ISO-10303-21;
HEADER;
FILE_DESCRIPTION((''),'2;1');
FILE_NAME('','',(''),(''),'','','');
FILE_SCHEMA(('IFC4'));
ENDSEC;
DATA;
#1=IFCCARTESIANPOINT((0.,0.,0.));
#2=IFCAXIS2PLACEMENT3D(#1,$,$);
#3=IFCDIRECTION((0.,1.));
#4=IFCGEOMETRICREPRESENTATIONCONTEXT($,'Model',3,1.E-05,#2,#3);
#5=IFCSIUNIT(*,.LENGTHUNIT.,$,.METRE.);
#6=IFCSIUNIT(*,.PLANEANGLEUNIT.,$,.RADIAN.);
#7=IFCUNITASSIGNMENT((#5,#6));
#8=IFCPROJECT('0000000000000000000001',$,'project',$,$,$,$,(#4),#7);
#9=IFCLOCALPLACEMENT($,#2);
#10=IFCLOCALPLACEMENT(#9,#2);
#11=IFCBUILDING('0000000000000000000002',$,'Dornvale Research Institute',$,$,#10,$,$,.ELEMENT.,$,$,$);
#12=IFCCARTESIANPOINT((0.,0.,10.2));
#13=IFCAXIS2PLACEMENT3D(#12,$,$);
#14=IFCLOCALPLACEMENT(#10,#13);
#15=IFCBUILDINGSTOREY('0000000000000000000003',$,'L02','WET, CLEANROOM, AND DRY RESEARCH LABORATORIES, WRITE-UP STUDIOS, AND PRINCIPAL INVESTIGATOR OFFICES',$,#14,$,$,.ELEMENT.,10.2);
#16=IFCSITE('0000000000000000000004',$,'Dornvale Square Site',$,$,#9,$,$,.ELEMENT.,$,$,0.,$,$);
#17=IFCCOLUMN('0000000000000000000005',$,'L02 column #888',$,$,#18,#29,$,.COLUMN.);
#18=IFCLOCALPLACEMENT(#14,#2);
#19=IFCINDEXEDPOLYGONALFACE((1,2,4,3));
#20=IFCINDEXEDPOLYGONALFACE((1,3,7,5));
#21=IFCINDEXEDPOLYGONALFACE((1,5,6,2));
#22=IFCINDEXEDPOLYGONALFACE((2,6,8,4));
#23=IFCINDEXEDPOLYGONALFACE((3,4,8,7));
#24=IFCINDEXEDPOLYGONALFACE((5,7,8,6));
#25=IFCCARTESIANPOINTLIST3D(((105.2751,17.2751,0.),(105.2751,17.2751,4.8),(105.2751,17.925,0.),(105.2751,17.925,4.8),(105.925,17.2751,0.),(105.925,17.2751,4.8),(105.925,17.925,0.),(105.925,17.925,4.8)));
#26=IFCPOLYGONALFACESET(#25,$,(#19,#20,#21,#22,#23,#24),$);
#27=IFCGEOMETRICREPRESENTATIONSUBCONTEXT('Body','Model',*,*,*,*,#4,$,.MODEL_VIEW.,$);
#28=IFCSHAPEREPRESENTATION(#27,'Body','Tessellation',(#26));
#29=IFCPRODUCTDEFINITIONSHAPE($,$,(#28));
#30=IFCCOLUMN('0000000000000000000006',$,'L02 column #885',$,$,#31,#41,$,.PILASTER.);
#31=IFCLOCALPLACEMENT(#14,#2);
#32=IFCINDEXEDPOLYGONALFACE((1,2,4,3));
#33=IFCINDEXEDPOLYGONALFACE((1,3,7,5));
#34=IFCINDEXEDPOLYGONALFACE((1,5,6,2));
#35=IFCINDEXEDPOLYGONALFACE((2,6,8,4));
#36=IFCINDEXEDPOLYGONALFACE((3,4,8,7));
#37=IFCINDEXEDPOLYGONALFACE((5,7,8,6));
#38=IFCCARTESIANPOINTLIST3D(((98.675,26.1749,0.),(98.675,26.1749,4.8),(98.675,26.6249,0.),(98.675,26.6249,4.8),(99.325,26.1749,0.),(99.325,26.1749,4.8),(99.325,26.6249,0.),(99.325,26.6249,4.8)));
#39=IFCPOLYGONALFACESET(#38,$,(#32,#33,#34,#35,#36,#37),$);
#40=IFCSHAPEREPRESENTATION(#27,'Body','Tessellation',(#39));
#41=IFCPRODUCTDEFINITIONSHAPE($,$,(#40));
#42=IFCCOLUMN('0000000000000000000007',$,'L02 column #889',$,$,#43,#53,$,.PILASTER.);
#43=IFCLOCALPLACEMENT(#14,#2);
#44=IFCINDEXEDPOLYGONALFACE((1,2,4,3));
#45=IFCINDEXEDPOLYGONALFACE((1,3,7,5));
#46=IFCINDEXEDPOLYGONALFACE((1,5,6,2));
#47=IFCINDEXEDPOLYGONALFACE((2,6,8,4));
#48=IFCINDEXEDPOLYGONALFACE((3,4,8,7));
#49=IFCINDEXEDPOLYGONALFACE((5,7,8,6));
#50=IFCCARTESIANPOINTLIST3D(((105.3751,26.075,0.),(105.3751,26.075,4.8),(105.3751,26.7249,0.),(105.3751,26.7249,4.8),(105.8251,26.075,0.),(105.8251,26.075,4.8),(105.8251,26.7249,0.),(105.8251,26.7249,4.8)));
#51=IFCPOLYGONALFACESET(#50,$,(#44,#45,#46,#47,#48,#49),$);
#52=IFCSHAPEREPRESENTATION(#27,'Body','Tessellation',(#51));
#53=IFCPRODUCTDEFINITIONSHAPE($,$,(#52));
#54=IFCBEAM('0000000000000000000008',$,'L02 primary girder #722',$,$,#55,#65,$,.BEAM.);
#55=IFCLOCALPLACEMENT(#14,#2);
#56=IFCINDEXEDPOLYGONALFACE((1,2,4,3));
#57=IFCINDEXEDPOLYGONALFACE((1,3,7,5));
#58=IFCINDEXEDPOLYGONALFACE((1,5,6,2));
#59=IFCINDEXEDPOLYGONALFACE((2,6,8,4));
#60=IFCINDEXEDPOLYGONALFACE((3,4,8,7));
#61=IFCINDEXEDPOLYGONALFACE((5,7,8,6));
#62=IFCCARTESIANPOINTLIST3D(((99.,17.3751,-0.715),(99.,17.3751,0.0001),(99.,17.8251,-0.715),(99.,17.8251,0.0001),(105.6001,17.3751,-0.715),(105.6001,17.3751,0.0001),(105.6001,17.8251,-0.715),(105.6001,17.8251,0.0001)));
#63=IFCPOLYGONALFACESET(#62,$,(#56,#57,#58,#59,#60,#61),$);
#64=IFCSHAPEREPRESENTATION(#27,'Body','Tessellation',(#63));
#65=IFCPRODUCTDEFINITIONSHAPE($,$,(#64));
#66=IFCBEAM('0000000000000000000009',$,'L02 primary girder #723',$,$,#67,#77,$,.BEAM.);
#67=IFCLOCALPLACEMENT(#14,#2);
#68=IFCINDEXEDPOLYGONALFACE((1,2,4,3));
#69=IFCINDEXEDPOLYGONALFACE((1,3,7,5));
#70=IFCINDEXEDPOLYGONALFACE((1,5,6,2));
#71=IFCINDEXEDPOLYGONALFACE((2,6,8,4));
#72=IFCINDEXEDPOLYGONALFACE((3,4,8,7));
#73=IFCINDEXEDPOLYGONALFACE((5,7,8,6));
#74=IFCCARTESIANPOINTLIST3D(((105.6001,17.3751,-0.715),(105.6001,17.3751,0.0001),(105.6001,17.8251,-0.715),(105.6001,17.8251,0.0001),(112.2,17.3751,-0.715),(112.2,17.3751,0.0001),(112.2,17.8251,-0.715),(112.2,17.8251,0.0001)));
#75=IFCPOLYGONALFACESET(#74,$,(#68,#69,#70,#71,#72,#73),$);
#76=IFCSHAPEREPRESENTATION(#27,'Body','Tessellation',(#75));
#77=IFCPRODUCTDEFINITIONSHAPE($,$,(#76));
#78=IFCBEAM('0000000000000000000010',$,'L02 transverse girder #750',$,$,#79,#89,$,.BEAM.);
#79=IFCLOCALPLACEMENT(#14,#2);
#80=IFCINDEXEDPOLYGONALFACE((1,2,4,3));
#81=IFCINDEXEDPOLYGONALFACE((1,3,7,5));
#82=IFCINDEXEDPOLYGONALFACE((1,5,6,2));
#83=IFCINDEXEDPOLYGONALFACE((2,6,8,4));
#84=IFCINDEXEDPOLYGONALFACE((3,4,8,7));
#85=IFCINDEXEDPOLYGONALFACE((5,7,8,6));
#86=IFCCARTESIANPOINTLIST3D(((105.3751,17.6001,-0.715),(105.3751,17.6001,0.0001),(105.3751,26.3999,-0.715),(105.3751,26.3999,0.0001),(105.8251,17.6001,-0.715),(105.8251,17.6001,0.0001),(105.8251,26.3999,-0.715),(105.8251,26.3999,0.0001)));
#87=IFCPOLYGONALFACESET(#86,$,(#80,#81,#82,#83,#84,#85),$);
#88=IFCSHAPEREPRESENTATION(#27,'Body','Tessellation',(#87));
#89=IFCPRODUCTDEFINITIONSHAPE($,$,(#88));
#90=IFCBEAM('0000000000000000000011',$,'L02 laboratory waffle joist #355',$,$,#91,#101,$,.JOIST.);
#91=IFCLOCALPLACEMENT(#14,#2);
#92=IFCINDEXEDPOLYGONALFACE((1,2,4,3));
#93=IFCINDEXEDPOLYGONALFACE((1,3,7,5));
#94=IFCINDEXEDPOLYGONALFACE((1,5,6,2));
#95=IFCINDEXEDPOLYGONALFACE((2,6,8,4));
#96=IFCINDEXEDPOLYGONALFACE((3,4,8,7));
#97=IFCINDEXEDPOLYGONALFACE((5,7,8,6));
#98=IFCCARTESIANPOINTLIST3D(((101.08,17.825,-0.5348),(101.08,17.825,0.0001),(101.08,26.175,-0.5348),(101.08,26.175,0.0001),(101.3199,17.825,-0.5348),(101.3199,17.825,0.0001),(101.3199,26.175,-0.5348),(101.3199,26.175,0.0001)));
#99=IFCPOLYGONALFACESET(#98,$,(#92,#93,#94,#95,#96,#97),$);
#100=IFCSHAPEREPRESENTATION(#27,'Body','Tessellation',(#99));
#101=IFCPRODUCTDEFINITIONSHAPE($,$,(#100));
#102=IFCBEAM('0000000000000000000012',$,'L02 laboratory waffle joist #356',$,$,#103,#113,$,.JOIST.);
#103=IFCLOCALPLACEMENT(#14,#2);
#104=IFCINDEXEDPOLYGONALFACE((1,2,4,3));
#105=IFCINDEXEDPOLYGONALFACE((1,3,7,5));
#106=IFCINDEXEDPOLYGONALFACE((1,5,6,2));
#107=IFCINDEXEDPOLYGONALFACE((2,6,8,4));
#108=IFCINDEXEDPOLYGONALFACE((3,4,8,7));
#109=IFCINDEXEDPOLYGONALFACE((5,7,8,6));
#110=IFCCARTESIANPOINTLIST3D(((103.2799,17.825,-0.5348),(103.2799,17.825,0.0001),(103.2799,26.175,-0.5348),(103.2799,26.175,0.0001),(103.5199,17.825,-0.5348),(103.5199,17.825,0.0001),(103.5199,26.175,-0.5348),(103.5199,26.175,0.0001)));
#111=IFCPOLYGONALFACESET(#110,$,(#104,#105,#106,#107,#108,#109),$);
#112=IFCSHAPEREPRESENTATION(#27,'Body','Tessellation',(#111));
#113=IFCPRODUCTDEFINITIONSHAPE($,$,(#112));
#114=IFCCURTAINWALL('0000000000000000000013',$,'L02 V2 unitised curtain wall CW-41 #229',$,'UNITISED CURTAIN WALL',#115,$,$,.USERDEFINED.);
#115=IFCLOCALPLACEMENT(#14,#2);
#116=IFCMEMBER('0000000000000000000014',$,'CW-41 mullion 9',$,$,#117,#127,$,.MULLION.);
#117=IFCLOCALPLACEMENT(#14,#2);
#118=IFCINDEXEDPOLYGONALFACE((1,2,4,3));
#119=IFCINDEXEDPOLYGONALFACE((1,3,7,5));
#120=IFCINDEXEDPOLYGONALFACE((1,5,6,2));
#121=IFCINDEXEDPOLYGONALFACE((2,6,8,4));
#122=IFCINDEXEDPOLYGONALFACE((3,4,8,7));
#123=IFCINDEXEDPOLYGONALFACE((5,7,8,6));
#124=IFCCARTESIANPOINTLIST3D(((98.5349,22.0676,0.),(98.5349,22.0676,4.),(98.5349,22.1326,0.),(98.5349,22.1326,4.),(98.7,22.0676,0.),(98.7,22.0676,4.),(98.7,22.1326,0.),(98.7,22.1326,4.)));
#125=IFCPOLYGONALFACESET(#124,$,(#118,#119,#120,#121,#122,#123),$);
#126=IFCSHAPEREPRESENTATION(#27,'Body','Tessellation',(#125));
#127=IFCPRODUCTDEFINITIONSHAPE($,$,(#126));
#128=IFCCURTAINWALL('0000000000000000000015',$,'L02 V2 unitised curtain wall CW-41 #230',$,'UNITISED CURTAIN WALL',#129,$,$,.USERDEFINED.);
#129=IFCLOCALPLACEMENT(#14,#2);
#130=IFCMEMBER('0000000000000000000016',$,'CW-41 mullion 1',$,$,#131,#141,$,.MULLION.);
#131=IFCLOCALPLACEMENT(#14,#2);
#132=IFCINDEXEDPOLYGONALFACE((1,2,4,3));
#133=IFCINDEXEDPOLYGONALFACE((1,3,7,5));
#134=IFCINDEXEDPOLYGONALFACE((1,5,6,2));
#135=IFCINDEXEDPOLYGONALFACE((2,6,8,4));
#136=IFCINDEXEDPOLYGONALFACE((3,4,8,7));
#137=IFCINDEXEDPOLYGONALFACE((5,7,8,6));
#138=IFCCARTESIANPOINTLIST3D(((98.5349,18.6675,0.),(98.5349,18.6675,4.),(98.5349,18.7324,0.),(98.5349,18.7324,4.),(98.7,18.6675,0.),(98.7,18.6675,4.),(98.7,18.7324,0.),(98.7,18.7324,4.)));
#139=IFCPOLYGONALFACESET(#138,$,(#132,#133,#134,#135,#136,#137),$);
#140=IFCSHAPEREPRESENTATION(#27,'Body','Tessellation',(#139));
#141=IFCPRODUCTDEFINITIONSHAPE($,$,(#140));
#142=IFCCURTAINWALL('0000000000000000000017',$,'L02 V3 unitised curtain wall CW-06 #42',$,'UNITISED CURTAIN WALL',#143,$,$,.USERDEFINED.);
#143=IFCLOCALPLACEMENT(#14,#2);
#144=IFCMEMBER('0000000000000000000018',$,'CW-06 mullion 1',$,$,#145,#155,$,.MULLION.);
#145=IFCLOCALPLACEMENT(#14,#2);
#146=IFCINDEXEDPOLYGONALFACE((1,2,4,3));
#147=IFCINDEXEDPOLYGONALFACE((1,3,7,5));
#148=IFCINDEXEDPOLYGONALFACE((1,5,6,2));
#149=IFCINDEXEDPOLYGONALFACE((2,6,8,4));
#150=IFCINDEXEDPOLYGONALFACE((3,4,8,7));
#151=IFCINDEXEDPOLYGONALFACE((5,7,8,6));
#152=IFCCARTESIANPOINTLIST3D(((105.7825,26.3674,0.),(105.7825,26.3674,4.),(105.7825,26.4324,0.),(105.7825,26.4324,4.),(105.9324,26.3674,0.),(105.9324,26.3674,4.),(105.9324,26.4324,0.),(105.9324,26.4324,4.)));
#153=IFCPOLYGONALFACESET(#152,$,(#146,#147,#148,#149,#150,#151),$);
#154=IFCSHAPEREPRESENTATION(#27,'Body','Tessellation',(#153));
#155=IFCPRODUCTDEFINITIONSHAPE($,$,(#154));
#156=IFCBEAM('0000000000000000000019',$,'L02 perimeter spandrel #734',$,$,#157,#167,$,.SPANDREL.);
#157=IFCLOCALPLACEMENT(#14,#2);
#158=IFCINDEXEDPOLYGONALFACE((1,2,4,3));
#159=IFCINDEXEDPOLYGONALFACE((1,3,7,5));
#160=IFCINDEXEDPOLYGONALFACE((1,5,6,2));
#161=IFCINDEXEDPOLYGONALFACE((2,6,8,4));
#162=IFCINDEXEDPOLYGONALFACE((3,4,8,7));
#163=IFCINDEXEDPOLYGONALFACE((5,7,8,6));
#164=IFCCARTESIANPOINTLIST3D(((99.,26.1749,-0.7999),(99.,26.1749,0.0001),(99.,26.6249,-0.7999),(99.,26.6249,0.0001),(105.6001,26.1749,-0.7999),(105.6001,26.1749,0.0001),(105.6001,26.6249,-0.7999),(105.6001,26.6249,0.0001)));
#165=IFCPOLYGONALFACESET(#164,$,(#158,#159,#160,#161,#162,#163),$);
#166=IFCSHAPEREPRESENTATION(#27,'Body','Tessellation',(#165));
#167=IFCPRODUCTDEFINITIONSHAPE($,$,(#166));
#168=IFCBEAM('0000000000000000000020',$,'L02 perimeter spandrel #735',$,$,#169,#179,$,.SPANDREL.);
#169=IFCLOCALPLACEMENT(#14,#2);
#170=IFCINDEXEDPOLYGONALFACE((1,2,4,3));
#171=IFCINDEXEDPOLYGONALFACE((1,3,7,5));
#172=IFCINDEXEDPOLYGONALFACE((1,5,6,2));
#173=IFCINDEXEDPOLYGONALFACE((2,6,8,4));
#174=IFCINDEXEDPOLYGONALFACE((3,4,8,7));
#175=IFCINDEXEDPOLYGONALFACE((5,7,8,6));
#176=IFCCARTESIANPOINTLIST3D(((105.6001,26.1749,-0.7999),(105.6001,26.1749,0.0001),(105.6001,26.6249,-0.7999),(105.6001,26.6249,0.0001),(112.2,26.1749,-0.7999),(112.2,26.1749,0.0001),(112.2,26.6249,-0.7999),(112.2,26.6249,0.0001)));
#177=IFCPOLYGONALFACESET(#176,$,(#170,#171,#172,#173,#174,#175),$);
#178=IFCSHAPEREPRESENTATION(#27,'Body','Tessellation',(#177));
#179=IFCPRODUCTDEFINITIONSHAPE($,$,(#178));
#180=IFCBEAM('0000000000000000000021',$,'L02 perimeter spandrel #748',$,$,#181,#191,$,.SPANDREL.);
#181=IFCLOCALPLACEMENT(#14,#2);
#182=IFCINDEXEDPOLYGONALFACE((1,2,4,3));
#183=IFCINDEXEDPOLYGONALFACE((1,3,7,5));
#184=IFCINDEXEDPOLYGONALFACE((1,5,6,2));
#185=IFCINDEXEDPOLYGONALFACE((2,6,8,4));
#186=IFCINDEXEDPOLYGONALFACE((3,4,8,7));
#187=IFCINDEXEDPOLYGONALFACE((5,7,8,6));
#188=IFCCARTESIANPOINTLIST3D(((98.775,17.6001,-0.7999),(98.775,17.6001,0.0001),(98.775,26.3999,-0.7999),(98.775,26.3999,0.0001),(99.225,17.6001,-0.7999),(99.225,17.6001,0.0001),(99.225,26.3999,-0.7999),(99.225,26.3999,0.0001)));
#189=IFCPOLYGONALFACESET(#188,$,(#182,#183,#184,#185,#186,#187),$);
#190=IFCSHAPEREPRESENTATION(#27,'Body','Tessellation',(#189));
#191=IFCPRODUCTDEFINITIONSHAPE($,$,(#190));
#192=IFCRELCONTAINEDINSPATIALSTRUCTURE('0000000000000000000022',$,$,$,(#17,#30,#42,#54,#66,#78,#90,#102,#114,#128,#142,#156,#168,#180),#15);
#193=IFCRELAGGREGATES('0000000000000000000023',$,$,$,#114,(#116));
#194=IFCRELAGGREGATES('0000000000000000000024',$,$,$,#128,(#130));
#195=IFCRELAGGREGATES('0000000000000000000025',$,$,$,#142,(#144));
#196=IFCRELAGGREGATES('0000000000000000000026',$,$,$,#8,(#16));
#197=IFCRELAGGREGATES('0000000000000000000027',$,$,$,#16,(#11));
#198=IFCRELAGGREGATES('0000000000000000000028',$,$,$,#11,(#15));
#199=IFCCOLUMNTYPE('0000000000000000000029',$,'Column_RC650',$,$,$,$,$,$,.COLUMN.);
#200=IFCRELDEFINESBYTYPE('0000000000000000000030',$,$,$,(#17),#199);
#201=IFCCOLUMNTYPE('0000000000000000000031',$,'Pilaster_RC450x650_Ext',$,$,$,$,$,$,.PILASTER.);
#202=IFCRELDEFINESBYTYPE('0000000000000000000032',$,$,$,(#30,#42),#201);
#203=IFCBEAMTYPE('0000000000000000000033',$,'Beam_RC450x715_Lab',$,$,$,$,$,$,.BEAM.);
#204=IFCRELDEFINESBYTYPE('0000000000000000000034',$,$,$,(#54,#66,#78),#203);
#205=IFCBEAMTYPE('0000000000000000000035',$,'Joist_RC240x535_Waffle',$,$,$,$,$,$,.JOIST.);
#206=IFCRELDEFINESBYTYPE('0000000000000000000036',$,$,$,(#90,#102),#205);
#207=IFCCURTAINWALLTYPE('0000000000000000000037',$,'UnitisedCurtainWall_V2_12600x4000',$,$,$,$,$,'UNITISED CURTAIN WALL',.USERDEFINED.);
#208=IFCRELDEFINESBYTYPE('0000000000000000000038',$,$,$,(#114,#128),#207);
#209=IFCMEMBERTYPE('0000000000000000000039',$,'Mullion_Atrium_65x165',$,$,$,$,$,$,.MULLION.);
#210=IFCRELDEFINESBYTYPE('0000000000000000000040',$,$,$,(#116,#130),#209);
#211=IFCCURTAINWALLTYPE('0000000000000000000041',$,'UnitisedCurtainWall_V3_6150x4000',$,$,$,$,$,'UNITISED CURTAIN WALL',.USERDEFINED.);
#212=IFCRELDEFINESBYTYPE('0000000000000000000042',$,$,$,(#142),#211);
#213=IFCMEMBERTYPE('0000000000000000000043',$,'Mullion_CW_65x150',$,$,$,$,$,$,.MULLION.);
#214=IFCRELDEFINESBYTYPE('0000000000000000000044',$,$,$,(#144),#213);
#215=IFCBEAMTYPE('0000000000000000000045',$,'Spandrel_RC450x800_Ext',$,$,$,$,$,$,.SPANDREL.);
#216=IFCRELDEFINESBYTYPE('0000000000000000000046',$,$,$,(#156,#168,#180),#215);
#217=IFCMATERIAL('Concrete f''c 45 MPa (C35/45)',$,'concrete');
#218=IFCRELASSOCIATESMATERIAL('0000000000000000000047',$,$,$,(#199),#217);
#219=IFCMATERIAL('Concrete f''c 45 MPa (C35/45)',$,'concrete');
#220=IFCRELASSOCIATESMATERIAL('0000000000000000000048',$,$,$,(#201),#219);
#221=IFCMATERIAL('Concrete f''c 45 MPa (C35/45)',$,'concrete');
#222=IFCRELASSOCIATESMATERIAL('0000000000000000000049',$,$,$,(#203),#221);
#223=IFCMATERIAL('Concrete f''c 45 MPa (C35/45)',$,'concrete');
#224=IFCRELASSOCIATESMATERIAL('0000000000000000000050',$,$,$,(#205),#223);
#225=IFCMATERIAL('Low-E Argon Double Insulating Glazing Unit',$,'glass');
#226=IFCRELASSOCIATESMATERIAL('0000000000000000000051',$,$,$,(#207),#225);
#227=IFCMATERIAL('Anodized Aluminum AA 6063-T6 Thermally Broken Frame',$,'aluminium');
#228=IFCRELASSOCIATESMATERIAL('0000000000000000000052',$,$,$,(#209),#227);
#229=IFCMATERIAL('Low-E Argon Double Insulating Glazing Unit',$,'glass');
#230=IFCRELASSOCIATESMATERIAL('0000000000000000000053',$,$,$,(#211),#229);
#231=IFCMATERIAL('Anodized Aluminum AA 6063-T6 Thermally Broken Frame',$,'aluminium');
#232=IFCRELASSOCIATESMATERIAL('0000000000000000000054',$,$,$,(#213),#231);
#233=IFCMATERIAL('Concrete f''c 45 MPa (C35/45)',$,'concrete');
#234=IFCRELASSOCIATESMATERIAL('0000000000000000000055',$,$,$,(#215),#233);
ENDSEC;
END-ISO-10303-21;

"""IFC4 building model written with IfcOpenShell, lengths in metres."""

from ifc_helpers import new_model, si_unit, direction, frame, origin, origin_2d, place, context, subcontext, project, spatial, rectangle, extrude, material, material_profile, profile_set, type_object, element, aggregate, save


model = new_model("IFC4")

# Units and contexts
model_context = context("Model", 3, precision=1e-05, world=origin(), true_north=direction((0.0, 1.0)))
body_context = subcontext(model_context, "Body", "Model", "MODEL_VIEW")
ifc_project = project(units=[si_unit("LENGTHUNIT", "METRE"), si_unit("PLANEANGLEUNIT", "RADIAN")], contexts=[model_context])

# Site, building, storey
site_placement = place(None, origin())
site = spatial("IfcSite", under=ifc_project, at=site_placement, Name="Dornvale Square Site", CompositionType="ELEMENT", RefElevation=0.0)
building_placement = place(site_placement, origin())
building = spatial("IfcBuilding", under=site, at=building_placement, Name="Dornvale Research Institute", CompositionType="ELEMENT")
storey_placement = place(building_placement, frame((0.0, 0.0, 10.2)))
storey = spatial("IfcBuildingStorey", under=building, at=storey_placement, Name="L02", Description="WET, CLEANROOM, AND DRY RESEARCH LABORATORIES, WRITE-UP STUDIOS, AND PRINCIPAL INVESTIGATOR OFFICES", CompositionType="ELEMENT", Elevation=10.2)

# Columns
ifc_material_1 = material(Name="Concrete f'c 45 MPa (C35/45)", Category="concrete")
ifc_material_profile_1 = material_profile(ifc_material_1, rectangle(XDim=0.6499, YDim=0.6499, at=origin_2d()), Name="RC 650x650")
ifc_profile_set_1 = profile_set([ifc_material_profile_1], Name="Concrete f'c 45 MPa (C35/45)")
column_type_1 = type_object("IfcColumnType", Name="Column_RC650", PredefinedType="COLUMN", material=ifc_profile_set_1)
column_placement = place(storey_placement, frame((105.6001, 17.6001, 0.0), z_axis=(0.0, 0.0, 1.0), x_axis=(1.0, 0.0, 0.0)))
element("IfcColumn", 1, at=column_placement, inside=storey, type_object=column_type_1, Name="L02 column #888", PredefinedType="COLUMN", context=body_context, shape_type="SweptSolid", body=[
    extrude(rectangle(XDim=0.6499, YDim=0.6499, at=origin_2d()), origin(), (0.0, 0.0, 1.0), 4.8),
])
ifc_material_2 = material(Name="Concrete f'c 45 MPa (C35/45)", Category="concrete")
ifc_material_profile_2 = material_profile(ifc_material_2, rectangle(XDim=0.45, YDim=0.6499, at=origin_2d()), Name="RC 450x650")
ifc_profile_set_2 = profile_set([ifc_material_profile_2], Name="Concrete f'c 45 MPa (C35/45)")
column_type_2 = type_object("IfcColumnType", Name="Pilaster_RC450x650_Ext", PredefinedType="PILASTER", material=ifc_profile_set_2)
for number, where, z_axis, x_axis, name in (
    (2, (99.0, 26.3999, 0.0), (0.0, 0.0, 1.0), (0.0, 1.0, 0.0), "L02 column #885"),
    (3, (105.6001, 26.3999, 0.0), (0.0, 0.0, 1.0), (1.0, 0.0, 0.0), "L02 column #889"),
):
    element("IfcColumn", number, at=place(storey_placement, frame(where, z_axis=z_axis, x_axis=x_axis)), inside=storey, type_object=column_type_2, Name=name, PredefinedType="PILASTER", context=body_context, shape_type="SweptSolid", body=[
        extrude(rectangle(XDim=0.45, YDim=0.6499, at=origin_2d()), origin(), (0.0, 0.0, 1.0), 4.8),
    ])

# Beams
ifc_material_3 = material(Name="Concrete f'c 45 MPa (C35/45)", Category="concrete")
ifc_material_profile_3 = material_profile(ifc_material_3, rectangle(XDim=0.45, YDim=0.7151, at=origin_2d()), Name="RC 450x715")
ifc_profile_set_3 = profile_set([ifc_material_profile_3], Name="Concrete f'c 45 MPa (C35/45)")
beam_type_1 = type_object("IfcBeamType", Name="Beam_RC450x715_Lab", PredefinedType="BEAM", material=ifc_profile_set_3)
beam_1_placement = place(storey_placement, frame((99.0, 17.6001, -0.3574), z_axis=(1.0, 0.0, 0.0), x_axis=(0.0, 1.0, 0.0)))
element("IfcBeam", 4, at=beam_1_placement, inside=storey, type_object=beam_type_1, Name="L02 primary girder #722", PredefinedType="BEAM", context=body_context, shape_type="SweptSolid", body=[
    extrude(rectangle(XDim=0.45, YDim=0.7151, at=origin_2d()), origin(), (0.0, 0.0, 1.0), 6.6001),
])
beam_2_placement = place(storey_placement, frame((105.6001, 17.6001, -0.3574), z_axis=(1.0, 0.0, 0.0), x_axis=(0.0, 1.0, 0.0)))
element("IfcBeam", 5, at=beam_2_placement, inside=storey, type_object=beam_type_1, Name="L02 primary girder #723", PredefinedType="BEAM", context=body_context, shape_type="SweptSolid", body=[
    extrude(rectangle(XDim=0.45, YDim=0.7151, at=origin_2d()), origin(), (0.0, 0.0, 1.0), 6.5999),
])
beam_3_placement = place(storey_placement, frame((105.6001, 17.6001, -0.3574), z_axis=(0.0, 1.0, 0.0), x_axis=(-1.0, 0.0, 0.0)))
element("IfcBeam", 6, at=beam_3_placement, inside=storey, type_object=beam_type_1, Name="L02 transverse girder #750", PredefinedType="BEAM", context=body_context, shape_type="SweptSolid", body=[
    extrude(rectangle(XDim=0.45, YDim=0.7151, at=origin_2d()), origin(), (0.0, 0.0, 1.0), 8.7998),
])
ifc_material_4 = material(Name="Concrete f'c 45 MPa (C35/45)", Category="concrete")
ifc_material_profile_4 = material_profile(ifc_material_4, rectangle(XDim=0.24, YDim=0.5349, at=origin_2d()), Name="RC 240x535")
ifc_profile_set_4 = profile_set([ifc_material_profile_4], Name="Concrete f'c 45 MPa (C35/45)")
beam_type_2 = type_object("IfcBeamType", Name="Joist_RC240x535_Waffle", PredefinedType="JOIST", material=ifc_profile_set_4)
for number, where, z_axis, x_axis, name in (
    (7, (101.2, 17.825, -0.2673), (0.0, 1.0, 0.0), (-1.0, 0.0, 0.0), "L02 laboratory waffle joist #355"),
    (8, (103.3999, 17.825, -0.2673), (0.0, 1.0, 0.0), (-1.0, 0.0, 0.0), "L02 laboratory waffle joist #356"),
):
    element("IfcBeam", number, at=place(storey_placement, frame(where, z_axis=z_axis, x_axis=x_axis)), inside=storey, type_object=beam_type_2, Name=name, PredefinedType="JOIST", context=body_context, shape_type="SweptSolid", body=[
        extrude(rectangle(XDim=0.24, YDim=0.5349, at=origin_2d()), origin(), (0.0, 0.0, 1.0), 8.3501),
    ])

# Curtain walls, members
ifc_material_5 = material(Name="Low-E Argon Double Insulating Glazing Unit", Category="glass")
curtain_wall_type_1 = type_object("IfcCurtainWallType", Name="UnitisedCurtainWall_V2_12600x4000", ElementType="UNITISED CURTAIN WALL", PredefinedType="USERDEFINED", material=ifc_material_5)
curtain_wall_1_placement = place(storey_placement, origin())
curtain_wall_1 = element("IfcCurtainWall", 9, at=curtain_wall_1_placement, inside=storey, type_object=curtain_wall_type_1, Name="L02 V2 unitised curtain wall CW-41 #229", ObjectType="UNITISED CURTAIN WALL", PredefinedType="USERDEFINED")
ifc_material_6 = material(Name="Anodized Aluminum AA 6063-T6 Thermally Broken Frame", Category="aluminium")
ifc_material_profile_5 = material_profile(ifc_material_6, rectangle(XDim=0.0649, YDim=0.165, at=origin_2d()), Name="ALU MULLION 65x165")
ifc_profile_set_5 = profile_set([ifc_material_profile_5], Name="Anodized Aluminum AA 6063-T6 Thermally Broken Frame")
member_type_1 = type_object("IfcMemberType", Name="Mullion_Atrium_65x165", PredefinedType="MULLION", material=ifc_profile_set_5)
member_1_placement = place(storey_placement, frame((98.6174, 22.1001, 0.0), z_axis=(0.0, 0.0, 1.0), x_axis=(0.0, 1.0, 0.0)))
member_1 = element("IfcMember", 10, at=member_1_placement, type_object=member_type_1, Name="CW-41 mullion 9", PredefinedType="MULLION", context=body_context, shape_type="SweptSolid", body=[
    extrude(rectangle(XDim=0.0649, YDim=0.165, at=origin_2d()), origin(), (0.0, 0.0, 1.0), 4.0),
])
aggregate(curtain_wall_1, [member_1])
curtain_wall_2_placement = place(storey_placement, origin())
curtain_wall_2 = element("IfcCurtainWall", 11, at=curtain_wall_2_placement, inside=storey, type_object=curtain_wall_type_1, Name="L02 V2 unitised curtain wall CW-41 #230", ObjectType="UNITISED CURTAIN WALL", PredefinedType="USERDEFINED")
member_2_placement = place(storey_placement, frame((98.6174, 18.7, 0.0), z_axis=(0.0, 0.0, 1.0), x_axis=(0.0, -1.0, 0.0)))
member_2 = element("IfcMember", 12, at=member_2_placement, type_object=member_type_1, Name="CW-41 mullion 1", PredefinedType="MULLION", context=body_context, shape_type="SweptSolid", body=[
    extrude(rectangle(XDim=0.0649, YDim=0.165, at=origin_2d()), origin(), (0.0, 0.0, 1.0), 4.0),
])
aggregate(curtain_wall_2, [member_2])
ifc_material_7 = material(Name="Low-E Argon Double Insulating Glazing Unit", Category="glass")
curtain_wall_type_2 = type_object("IfcCurtainWallType", Name="UnitisedCurtainWall_V3_6150x4000", ElementType="UNITISED CURTAIN WALL", PredefinedType="USERDEFINED", material=ifc_material_7)
curtain_wall_3_placement = place(storey_placement, origin())
curtain_wall_3 = element("IfcCurtainWall", 13, at=curtain_wall_3_placement, inside=storey, type_object=curtain_wall_type_2, Name="L02 V3 unitised curtain wall CW-06 #42", ObjectType="UNITISED CURTAIN WALL", PredefinedType="USERDEFINED")
ifc_material_8 = material(Name="Anodized Aluminum AA 6063-T6 Thermally Broken Frame", Category="aluminium")
ifc_material_profile_6 = material_profile(ifc_material_8, rectangle(XDim=0.0649, YDim=0.1499, at=origin_2d()), Name="ALU MULLION 65x150")
ifc_profile_set_6 = profile_set([ifc_material_profile_6], Name="Anodized Aluminum AA 6063-T6 Thermally Broken Frame")
member_type_2 = type_object("IfcMemberType", Name="Mullion_CW_65x150", PredefinedType="MULLION", material=ifc_profile_set_6)
member_3_placement = place(storey_placement, frame((105.8574, 26.3999, 0.0), z_axis=(0.0, 0.0, 1.0), x_axis=(0.0, 1.0, 0.0)))
member_3 = element("IfcMember", 14, at=member_3_placement, type_object=member_type_2, Name="CW-06 mullion 1", PredefinedType="MULLION", context=body_context, shape_type="SweptSolid", body=[
    extrude(rectangle(XDim=0.0649, YDim=0.1499, at=origin_2d()), origin(), (0.0, 0.0, 1.0), 4.0),
])

# Beams
ifc_material_9 = material(Name="Concrete f'c 45 MPa (C35/45)", Category="concrete")
ifc_material_profile_7 = material_profile(ifc_material_9, rectangle(XDim=0.45, YDim=0.8, at=origin_2d()), Name="RC 450x800")
ifc_profile_set_7 = profile_set([ifc_material_profile_7], Name="Concrete f'c 45 MPa (C35/45)")
beam_type_3 = type_object("IfcBeamType", Name="Spandrel_RC450x800_Ext", PredefinedType="SPANDREL", material=ifc_profile_set_7)
beam_4_placement = place(storey_placement, frame((99.0, 26.3999, -0.3999), z_axis=(1.0, 0.0, 0.0), x_axis=(0.0, 1.0, 0.0)))
element("IfcBeam", 15, at=beam_4_placement, inside=storey, type_object=beam_type_3, Name="L02 perimeter spandrel #734", PredefinedType="SPANDREL", context=body_context, shape_type="SweptSolid", body=[
    extrude(rectangle(XDim=0.45, YDim=0.8, at=origin_2d()), origin(), (0.0, 0.0, 1.0), 6.6001),
])
beam_5_placement = place(storey_placement, frame((105.6001, 26.3999, -0.3999), z_axis=(1.0, 0.0, 0.0), x_axis=(0.0, 1.0, 0.0)))
element("IfcBeam", 16, at=beam_5_placement, inside=storey, type_object=beam_type_3, Name="L02 perimeter spandrel #735", PredefinedType="SPANDREL", context=body_context, shape_type="SweptSolid", body=[
    extrude(rectangle(XDim=0.45, YDim=0.8, at=origin_2d()), origin(), (0.0, 0.0, 1.0), 6.5999),
])
beam_6_placement = place(storey_placement, frame((99.0, 17.6001, -0.3999), z_axis=(0.0, 1.0, 0.0), x_axis=(-1.0, 0.0, 0.0)))
element("IfcBeam", 17, at=beam_6_placement, inside=storey, type_object=beam_type_3, Name="L02 perimeter spandrel #748", PredefinedType="SPANDREL", context=body_context, shape_type="SweptSolid", body=[
    extrude(rectangle(XDim=0.45, YDim=0.8, at=origin_2d()), origin(), (0.0, 0.0, 1.0), 8.7998),
])

aggregate(curtain_wall_3, [member_3])

save(model, "model.ifc")
